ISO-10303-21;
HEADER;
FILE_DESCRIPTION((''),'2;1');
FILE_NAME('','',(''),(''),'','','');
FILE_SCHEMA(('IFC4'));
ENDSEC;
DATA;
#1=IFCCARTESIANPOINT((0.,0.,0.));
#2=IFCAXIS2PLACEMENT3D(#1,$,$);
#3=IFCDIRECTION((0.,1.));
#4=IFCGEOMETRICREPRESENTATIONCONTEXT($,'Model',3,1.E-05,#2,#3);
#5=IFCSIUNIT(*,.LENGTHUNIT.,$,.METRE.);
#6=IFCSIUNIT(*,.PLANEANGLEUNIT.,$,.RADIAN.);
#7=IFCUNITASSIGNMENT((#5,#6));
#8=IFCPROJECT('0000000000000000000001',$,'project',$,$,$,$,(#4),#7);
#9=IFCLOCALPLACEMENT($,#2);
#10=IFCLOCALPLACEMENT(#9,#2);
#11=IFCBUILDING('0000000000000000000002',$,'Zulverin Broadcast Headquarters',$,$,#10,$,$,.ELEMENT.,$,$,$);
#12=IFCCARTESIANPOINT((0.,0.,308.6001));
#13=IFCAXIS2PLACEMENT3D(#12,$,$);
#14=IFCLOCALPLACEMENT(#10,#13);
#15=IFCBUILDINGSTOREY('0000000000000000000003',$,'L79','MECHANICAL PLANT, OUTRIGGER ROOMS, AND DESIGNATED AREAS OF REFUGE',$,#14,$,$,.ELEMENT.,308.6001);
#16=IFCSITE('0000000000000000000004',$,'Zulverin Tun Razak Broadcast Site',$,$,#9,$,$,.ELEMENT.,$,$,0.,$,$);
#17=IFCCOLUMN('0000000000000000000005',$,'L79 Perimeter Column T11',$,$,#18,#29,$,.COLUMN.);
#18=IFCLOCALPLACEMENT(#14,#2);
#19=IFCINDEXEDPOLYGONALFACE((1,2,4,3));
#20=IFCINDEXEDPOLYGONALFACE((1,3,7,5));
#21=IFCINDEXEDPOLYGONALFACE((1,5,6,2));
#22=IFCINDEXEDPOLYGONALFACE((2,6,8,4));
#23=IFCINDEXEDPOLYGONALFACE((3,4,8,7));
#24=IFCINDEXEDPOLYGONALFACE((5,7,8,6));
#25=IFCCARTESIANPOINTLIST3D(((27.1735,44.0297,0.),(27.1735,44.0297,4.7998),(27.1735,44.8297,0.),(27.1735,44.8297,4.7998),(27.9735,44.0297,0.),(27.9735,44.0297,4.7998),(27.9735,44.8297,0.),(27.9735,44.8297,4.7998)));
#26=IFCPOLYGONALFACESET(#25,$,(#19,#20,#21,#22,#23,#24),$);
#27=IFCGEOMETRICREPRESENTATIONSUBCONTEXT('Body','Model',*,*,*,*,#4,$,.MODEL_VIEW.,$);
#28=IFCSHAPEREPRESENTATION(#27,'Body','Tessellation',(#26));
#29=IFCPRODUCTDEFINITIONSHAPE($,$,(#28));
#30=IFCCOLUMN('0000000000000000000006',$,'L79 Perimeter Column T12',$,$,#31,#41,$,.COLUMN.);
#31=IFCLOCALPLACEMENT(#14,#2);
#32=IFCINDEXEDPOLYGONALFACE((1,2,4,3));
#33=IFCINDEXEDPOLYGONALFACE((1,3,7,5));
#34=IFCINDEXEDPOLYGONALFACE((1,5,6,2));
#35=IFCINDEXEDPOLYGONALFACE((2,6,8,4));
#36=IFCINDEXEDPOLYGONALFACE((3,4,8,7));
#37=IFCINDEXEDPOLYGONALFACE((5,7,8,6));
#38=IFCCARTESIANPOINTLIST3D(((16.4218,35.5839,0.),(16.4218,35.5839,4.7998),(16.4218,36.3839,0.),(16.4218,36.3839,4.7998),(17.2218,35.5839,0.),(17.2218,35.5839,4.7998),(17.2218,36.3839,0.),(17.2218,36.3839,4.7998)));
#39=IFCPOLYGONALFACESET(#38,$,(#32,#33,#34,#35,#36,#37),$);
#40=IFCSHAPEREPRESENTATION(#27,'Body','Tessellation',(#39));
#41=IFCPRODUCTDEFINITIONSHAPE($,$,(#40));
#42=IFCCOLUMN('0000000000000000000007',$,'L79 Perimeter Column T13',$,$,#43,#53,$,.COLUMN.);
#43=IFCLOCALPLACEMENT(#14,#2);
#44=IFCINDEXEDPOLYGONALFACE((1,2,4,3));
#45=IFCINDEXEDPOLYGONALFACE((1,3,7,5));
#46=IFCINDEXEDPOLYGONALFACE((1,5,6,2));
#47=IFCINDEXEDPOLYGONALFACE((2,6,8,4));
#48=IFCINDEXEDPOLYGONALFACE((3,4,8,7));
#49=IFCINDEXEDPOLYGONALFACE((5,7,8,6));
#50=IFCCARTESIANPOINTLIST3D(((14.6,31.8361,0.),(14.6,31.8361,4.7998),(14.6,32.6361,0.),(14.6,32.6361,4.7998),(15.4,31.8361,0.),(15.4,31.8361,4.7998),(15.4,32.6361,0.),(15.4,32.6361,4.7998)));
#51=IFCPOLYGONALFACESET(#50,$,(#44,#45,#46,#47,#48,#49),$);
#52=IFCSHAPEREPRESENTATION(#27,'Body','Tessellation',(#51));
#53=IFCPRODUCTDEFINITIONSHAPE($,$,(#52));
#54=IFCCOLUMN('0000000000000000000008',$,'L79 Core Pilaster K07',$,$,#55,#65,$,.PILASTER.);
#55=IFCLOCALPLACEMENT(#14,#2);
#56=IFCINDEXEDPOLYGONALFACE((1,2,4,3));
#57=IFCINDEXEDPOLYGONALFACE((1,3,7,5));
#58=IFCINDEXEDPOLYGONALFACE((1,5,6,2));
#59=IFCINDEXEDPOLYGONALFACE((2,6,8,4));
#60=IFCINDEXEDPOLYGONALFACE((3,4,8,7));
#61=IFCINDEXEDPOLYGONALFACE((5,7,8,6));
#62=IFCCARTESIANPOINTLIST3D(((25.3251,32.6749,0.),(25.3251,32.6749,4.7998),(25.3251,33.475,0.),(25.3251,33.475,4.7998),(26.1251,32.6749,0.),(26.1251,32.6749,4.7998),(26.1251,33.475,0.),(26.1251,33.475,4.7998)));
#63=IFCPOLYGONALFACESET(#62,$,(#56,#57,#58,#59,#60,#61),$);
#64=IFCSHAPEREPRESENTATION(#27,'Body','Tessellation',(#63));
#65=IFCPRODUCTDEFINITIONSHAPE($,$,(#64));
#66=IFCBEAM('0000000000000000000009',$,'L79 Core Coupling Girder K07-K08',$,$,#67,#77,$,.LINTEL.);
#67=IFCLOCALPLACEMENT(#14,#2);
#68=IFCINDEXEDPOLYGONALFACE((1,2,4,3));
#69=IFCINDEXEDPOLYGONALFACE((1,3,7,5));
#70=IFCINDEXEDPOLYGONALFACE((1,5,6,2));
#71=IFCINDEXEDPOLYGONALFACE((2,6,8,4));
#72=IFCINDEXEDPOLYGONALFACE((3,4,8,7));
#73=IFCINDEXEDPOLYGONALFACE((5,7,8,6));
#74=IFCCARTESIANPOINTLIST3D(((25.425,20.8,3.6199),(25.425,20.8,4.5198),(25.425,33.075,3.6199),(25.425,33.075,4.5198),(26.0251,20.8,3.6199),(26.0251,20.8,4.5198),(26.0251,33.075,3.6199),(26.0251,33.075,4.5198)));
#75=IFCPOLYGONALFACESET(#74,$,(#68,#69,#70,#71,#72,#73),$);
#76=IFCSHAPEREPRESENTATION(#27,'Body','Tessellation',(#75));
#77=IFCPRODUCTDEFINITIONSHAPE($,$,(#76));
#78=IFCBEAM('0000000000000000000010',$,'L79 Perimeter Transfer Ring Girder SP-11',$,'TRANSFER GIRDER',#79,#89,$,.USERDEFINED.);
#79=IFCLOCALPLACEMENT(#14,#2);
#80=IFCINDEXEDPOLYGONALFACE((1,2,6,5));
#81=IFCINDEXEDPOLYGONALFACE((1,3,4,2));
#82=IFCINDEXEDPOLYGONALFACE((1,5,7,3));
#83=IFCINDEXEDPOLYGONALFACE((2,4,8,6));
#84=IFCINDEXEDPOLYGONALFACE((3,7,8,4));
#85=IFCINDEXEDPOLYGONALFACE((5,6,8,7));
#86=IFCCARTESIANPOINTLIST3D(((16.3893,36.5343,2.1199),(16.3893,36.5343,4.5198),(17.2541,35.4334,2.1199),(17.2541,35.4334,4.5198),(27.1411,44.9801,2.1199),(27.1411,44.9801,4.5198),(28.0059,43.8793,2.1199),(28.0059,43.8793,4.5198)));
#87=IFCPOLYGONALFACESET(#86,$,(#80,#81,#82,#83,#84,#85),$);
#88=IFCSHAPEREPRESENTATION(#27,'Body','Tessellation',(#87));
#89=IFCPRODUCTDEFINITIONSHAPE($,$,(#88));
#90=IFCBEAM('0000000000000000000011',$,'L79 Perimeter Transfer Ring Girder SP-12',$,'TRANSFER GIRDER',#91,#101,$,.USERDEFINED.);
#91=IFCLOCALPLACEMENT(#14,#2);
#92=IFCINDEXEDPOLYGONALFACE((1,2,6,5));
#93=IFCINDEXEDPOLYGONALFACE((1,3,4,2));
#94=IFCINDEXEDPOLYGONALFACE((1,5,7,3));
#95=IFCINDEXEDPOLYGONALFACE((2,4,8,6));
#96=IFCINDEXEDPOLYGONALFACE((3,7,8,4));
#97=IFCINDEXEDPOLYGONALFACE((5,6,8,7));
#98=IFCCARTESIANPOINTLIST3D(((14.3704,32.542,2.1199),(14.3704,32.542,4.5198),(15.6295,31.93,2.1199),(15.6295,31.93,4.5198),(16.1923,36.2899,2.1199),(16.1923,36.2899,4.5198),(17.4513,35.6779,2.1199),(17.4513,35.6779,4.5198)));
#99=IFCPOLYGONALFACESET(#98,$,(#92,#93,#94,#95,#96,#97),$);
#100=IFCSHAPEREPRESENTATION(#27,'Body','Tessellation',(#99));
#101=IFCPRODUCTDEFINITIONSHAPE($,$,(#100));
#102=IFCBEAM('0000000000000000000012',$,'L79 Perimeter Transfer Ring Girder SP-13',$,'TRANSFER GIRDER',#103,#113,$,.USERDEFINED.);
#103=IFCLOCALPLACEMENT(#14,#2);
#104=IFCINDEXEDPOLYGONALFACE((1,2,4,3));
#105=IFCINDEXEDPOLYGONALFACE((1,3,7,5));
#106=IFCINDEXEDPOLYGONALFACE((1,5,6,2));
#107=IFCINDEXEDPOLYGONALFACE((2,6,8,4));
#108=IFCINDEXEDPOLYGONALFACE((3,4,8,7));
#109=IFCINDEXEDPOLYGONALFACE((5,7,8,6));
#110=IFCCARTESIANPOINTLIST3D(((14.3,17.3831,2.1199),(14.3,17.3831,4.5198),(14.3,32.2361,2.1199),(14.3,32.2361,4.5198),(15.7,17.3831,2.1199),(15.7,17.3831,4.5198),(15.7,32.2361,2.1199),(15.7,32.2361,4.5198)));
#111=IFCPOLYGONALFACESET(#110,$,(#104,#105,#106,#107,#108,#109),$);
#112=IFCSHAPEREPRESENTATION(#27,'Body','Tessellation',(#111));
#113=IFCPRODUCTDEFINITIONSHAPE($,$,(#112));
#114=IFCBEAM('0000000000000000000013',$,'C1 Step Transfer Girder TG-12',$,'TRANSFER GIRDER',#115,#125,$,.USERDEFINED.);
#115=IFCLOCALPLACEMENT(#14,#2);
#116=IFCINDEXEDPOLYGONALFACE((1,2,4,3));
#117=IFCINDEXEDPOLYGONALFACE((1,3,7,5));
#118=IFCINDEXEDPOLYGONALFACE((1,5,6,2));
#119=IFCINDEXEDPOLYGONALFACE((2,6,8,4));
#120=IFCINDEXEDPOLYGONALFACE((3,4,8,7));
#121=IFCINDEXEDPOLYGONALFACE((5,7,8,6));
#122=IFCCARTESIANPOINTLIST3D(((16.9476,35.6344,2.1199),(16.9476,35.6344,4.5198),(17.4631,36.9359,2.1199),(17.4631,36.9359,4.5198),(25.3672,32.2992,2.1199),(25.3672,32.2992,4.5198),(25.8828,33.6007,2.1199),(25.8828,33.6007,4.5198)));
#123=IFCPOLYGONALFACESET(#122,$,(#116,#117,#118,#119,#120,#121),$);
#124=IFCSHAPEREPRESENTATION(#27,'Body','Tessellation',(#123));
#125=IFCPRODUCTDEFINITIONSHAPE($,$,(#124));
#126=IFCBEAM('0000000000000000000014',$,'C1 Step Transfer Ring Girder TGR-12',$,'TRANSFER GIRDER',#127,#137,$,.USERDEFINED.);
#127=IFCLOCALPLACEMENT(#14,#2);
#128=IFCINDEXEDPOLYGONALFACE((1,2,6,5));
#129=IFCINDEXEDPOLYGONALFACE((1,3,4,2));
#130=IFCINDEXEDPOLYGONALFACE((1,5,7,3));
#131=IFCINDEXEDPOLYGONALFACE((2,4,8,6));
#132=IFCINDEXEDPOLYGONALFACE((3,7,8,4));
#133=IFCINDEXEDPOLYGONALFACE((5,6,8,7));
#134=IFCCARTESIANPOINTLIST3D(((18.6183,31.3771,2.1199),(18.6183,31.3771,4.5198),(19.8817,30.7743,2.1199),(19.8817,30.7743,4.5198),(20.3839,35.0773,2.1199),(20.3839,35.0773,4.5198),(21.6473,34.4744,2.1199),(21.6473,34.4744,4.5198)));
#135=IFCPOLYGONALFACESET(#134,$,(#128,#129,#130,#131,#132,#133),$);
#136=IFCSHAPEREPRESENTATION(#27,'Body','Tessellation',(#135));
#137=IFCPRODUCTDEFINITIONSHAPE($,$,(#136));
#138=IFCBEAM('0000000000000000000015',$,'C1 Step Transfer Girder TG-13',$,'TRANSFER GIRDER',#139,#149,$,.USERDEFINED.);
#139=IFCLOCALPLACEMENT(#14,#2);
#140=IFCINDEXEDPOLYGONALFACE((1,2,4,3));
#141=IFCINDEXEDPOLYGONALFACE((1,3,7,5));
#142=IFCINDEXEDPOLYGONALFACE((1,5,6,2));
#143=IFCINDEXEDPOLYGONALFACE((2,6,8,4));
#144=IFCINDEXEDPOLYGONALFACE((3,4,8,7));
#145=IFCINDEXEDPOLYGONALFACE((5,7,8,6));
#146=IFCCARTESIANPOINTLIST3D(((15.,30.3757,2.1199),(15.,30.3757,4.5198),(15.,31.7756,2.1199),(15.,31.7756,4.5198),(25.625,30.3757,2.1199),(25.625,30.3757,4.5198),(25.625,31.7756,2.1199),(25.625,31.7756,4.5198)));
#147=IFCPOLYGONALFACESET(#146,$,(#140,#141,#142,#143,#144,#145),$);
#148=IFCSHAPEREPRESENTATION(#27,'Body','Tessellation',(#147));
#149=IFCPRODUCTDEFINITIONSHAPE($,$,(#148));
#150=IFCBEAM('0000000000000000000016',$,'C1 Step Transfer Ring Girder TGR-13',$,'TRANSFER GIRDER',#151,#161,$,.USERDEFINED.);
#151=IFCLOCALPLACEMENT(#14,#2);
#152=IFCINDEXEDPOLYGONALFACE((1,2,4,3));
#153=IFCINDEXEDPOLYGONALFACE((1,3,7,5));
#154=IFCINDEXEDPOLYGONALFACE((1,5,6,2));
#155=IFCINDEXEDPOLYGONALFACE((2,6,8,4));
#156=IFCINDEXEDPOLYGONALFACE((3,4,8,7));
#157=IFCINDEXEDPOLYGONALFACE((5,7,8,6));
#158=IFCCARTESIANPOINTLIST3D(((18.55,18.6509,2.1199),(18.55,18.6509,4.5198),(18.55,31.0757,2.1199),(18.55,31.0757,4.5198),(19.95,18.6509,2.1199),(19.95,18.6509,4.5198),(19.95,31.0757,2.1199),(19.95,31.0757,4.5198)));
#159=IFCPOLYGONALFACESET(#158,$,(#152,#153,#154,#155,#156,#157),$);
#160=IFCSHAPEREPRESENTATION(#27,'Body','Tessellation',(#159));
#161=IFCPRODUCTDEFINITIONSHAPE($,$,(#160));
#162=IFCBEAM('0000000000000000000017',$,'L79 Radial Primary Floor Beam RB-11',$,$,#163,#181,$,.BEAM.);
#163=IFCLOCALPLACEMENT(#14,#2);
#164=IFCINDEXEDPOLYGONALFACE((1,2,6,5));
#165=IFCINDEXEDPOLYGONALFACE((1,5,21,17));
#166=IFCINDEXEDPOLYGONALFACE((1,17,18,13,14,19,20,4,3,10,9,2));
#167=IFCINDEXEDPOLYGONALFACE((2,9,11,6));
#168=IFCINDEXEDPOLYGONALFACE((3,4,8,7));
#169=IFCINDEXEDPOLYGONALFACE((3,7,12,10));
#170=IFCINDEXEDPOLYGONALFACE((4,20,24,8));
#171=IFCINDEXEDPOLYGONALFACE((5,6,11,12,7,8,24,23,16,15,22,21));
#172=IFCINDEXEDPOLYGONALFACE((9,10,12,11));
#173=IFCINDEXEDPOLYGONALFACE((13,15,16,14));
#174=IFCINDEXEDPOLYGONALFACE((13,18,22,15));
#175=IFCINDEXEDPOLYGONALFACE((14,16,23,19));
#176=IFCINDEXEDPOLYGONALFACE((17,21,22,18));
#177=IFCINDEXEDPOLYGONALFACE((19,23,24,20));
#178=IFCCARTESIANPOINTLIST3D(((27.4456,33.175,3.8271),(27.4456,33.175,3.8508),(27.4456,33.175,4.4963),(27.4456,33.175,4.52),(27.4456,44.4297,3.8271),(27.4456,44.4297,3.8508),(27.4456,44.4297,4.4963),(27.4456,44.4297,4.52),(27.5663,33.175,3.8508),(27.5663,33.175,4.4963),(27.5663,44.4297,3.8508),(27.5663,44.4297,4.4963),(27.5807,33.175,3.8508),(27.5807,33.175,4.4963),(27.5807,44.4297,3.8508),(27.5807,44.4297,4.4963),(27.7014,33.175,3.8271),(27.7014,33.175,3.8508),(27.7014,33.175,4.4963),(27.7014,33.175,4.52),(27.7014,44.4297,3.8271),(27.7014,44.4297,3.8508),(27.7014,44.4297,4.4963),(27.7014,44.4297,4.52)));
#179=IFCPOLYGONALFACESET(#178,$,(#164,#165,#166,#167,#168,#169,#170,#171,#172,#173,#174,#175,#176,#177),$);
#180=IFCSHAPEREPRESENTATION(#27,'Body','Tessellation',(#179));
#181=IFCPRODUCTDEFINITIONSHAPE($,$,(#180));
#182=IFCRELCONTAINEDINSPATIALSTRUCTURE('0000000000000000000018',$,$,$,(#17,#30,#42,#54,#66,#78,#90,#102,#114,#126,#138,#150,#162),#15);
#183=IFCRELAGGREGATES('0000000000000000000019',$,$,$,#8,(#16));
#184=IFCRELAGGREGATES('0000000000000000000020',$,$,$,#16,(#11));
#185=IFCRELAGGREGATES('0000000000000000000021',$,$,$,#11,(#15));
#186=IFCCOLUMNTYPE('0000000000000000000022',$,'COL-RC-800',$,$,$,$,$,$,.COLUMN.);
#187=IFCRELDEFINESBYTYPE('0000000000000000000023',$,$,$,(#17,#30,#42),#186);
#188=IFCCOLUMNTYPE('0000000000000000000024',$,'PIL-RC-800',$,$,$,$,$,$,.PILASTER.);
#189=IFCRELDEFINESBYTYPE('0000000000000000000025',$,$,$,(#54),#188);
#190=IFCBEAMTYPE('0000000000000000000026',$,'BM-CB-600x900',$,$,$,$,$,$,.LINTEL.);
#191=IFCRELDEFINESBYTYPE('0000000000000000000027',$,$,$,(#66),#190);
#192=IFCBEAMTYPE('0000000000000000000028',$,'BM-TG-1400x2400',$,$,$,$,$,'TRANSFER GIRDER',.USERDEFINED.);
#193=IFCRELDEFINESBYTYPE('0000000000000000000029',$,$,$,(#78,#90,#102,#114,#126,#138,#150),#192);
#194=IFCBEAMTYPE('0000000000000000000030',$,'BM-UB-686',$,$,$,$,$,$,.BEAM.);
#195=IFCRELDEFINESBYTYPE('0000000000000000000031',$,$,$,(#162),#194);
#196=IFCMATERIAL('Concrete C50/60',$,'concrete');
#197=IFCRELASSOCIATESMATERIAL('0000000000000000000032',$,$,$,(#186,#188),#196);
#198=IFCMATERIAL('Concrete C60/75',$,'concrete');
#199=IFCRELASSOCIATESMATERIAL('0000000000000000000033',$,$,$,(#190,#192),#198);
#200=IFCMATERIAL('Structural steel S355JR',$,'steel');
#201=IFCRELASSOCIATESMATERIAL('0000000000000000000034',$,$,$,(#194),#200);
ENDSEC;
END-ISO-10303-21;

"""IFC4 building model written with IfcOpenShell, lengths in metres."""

from ifc_helpers import new_model, si_unit, direction, frame, origin, origin_2d, place, context, subcontext, project, spatial, rectangle, i_section, extrude, material, material_profile, profile_set, type_object, element, save


model = new_model("IFC4")

# Units and contexts
model_context = context("Model", 3, precision=1e-05, world=origin(), true_north=direction((0.0, 1.0)))
body_context = subcontext(model_context, "Body", "Model", "MODEL_VIEW")
ifc_project = project(units=[si_unit("LENGTHUNIT", "METRE"), si_unit("PLANEANGLEUNIT", "RADIAN")], contexts=[model_context])

# Site, building, storey
site_placement = place(None, origin())
site = spatial("IfcSite", under=ifc_project, at=site_placement, Name="Zulverin Tun Razak Broadcast Site", CompositionType="ELEMENT", RefElevation=0.0)
building_placement = place(site_placement, origin())
building = spatial("IfcBuilding", under=site, at=building_placement, Name="Zulverin Broadcast Headquarters", CompositionType="ELEMENT")
storey_placement = place(building_placement, frame((0.0, 0.0, 308.6001)))
storey = spatial("IfcBuildingStorey", under=building, at=storey_placement, Name="L79", Description="MECHANICAL PLANT, OUTRIGGER ROOMS, AND DESIGNATED AREAS OF REFUGE", CompositionType="ELEMENT", Elevation=308.6001)

# Columns
ifc_material_1 = material(Name="Concrete C50/60", Category="concrete")
ifc_material_profile_1 = material_profile(ifc_material_1, rectangle(XDim=0.8, YDim=0.8, at=origin_2d()), Name="Concrete C50/60", Category="concrete")
ifc_profile_set_1 = profile_set([ifc_material_profile_1], Name="Concrete C50/60")
column_type_1 = type_object("IfcColumnType", Name="COL-RC-800", PredefinedType="COLUMN", material=ifc_profile_set_1)
for number, where, z_axis, x_axis, name in (
    (1, (27.5735, 44.4297, 0.0), (0.0, 0.0, 1.0), (1.0, 0.0, 0.0), "L79 Perimeter Column T11"),
    (2, (16.8218, 35.9839, 0.0), (0.0, 0.0, 1.0), (1.0, 0.0, 0.0), "L79 Perimeter Column T12"),
    (3, (15.0, 32.2361, 0.0), (0.0, 0.0, 1.0), (1.0, 0.0, 0.0), "L79 Perimeter Column T13"),
):
    element("IfcColumn", number, at=place(storey_placement, frame(where, z_axis=z_axis, x_axis=x_axis)), inside=storey, type_object=column_type_1, Name=name, PredefinedType="COLUMN", context=body_context, shape_type="SweptSolid", body=[
        extrude(rectangle(XDim=0.8, YDim=0.8, at=origin_2d()), origin(), (0.0, 0.0, 1.0), 4.7998),
    ])
ifc_material_profile_2 = material_profile(ifc_material_1, rectangle(XDim=0.8, YDim=0.8, at=origin_2d()), Name="Concrete C50/60", Category="concrete")
ifc_profile_set_2 = profile_set([ifc_material_profile_2], Name="Concrete C50/60")
column_type_2 = type_object("IfcColumnType", Name="PIL-RC-800", PredefinedType="PILASTER", material=ifc_profile_set_2)
column_placement = place(storey_placement, frame((25.7251, 33.075, 0.0), z_axis=(0.0, 0.0, 1.0), x_axis=(1.0, 0.0, 0.0)))
element("IfcColumn", 4, at=column_placement, inside=storey, type_object=column_type_2, Name="L79 Core Pilaster K07", PredefinedType="PILASTER", context=body_context, shape_type="SweptSolid", body=[
    extrude(rectangle(XDim=0.8, YDim=0.8, at=origin_2d()), origin(), (0.0, 0.0, 1.0), 4.7998),
])

# Beams
ifc_material_2 = material(Name="Concrete C60/75", Category="concrete")
ifc_material_profile_3 = material_profile(ifc_material_2, rectangle(XDim=0.6001, YDim=0.8999, at=origin_2d()), Name="Concrete C60/75", Category="concrete")
ifc_profile_set_3 = profile_set([ifc_material_profile_3], Name="Concrete C60/75")
beam_type_1 = type_object("IfcBeamType", Name="BM-CB-600x900", PredefinedType="LINTEL", material=ifc_profile_set_3)
beam_1_placement = place(storey_placement, frame((25.7251, 33.075, 4.0698), z_axis=(0.0, -1.0, 0.0), x_axis=(1.0, 0.0, 0.0)))
element("IfcBeam", 5, at=beam_1_placement, inside=storey, type_object=beam_type_1, Name="L79 Core Coupling Girder K07-K08", PredefinedType="LINTEL", context=body_context, shape_type="SweptSolid", body=[
    extrude(rectangle(XDim=0.6001, YDim=0.8999, at=origin_2d()), origin(), (0.0, 0.0, 1.0), 12.2749),
])
ifc_material_profile_4 = material_profile(ifc_material_2, rectangle(XDim=1.3999, YDim=2.3999, at=origin_2d()), Name="Concrete C60/75", Category="concrete")
ifc_profile_set_4 = profile_set([ifc_material_profile_4], Name="Concrete C60/75")
beam_type_2 = type_object("IfcBeamType", Name="BM-TG-1400x2400", ElementType="TRANSFER GIRDER", PredefinedType="USERDEFINED", material=ifc_profile_set_4)
beam_2_placement = place(storey_placement, frame((27.5735, 44.4297, 3.3198), z_axis=(-0.786388, -0.617732, 0.0), x_axis=(0.617732, -0.786388, 0.0)))
element("IfcBeam", 6, at=beam_2_placement, inside=storey, type_object=beam_type_2, Name="L79 Perimeter Transfer Ring Girder SP-11", ObjectType="TRANSFER GIRDER", PredefinedType="USERDEFINED", context=body_context, shape_type="SweptSolid", body=[
    extrude(rectangle(XDim=1.3999, YDim=2.3999, at=origin_2d()), origin(), (0.0, 0.0, 1.0), 13.6724),
])
beam_3_placement = place(storey_placement, frame((16.8218, 35.9839, 3.3198), z_axis=(-0.437179, -0.899375, 0.0), x_axis=(0.899375, -0.437179, 0.0)))
element("IfcBeam", 7, at=beam_3_placement, inside=storey, type_object=beam_type_2, Name="L79 Perimeter Transfer Ring Girder SP-12", ObjectType="TRANSFER GIRDER", PredefinedType="USERDEFINED", context=body_context, shape_type="SweptSolid", body=[
    extrude(rectangle(XDim=1.3999, YDim=2.3999, at=origin_2d()), origin(), (0.0, 0.0, 1.0), 4.1672),
])
beam_4_placement = place(storey_placement, frame((15.0, 32.2361, 3.3198), z_axis=(0.0, -1.0, 0.0), x_axis=(1.0, 0.0, 0.0)))
element("IfcBeam", 8, at=beam_4_placement, inside=storey, type_object=beam_type_2, Name="L79 Perimeter Transfer Ring Girder SP-13", ObjectType="TRANSFER GIRDER", PredefinedType="USERDEFINED", context=body_context, shape_type="SweptSolid", body=[
    extrude(rectangle(XDim=1.3999, YDim=2.3999, at=origin_2d()), origin(), (0.0, 0.0, 1.0), 14.853),
])
beam_5_placement = place(storey_placement, frame((25.625, 32.95, 3.3198), z_axis=(-0.929715, 0.368279, 0.0), x_axis=(-0.368279, -0.929715, 0.0)))
element("IfcBeam", 9, at=beam_5_placement, inside=storey, type_object=beam_type_2, Name="C1 Step Transfer Girder TG-12", ObjectType="TRANSFER GIRDER", PredefinedType="USERDEFINED", context=body_context, shape_type="SweptSolid", body=[
    extrude(rectangle(XDim=1.3999, YDim=2.3999, at=origin_2d()), origin(), (0.0, 0.0, 1.0), 9.0562),
])
beam_6_placement = place(storey_placement, frame((21.0156, 34.7759, 3.3198), z_axis=(-0.430655, -0.902517, 0.0), x_axis=(0.902517, -0.430655, 0.0)))
element("IfcBeam", 10, at=beam_6_placement, inside=storey, type_object=beam_type_2, Name="C1 Step Transfer Ring Girder TGR-12", ObjectType="TRANSFER GIRDER", PredefinedType="USERDEFINED", context=body_context, shape_type="SweptSolid", body=[
    extrude(rectangle(XDim=1.3999, YDim=2.3999, at=origin_2d()), origin(), (0.0, 0.0, 1.0), 4.0999),
])
beam_7_placement = place(storey_placement, frame((25.625, 31.0757, 3.3198), z_axis=(-1.0, 0.0, 0.0), x_axis=(0.0, -1.0, 0.0)))
element("IfcBeam", 11, at=beam_7_placement, inside=storey, type_object=beam_type_2, Name="C1 Step Transfer Girder TG-13", ObjectType="TRANSFER GIRDER", PredefinedType="USERDEFINED", context=body_context, shape_type="SweptSolid", body=[
    extrude(rectangle(XDim=1.3999, YDim=2.3999, at=origin_2d()), origin(), (0.0, 0.0, 1.0), 10.625),
])
beam_8_placement = place(storey_placement, frame((19.25, 31.0757, 3.3198), z_axis=(0.0, -1.0, 0.0), x_axis=(1.0, 0.0, 0.0)))
element("IfcBeam", 12, at=beam_8_placement, inside=storey, type_object=beam_type_2, Name="C1 Step Transfer Ring Girder TGR-13", ObjectType="TRANSFER GIRDER", PredefinedType="USERDEFINED", context=body_context, shape_type="SweptSolid", body=[
    extrude(rectangle(XDim=1.3999, YDim=2.3999, at=origin_2d()), origin(), (0.0, 0.0, 1.0), 12.4248),
])
ifc_material_3 = material(Name="Structural steel S355JR", Category="steel")
ifc_material_profile_5 = material_profile(ifc_material_3, i_section(OverallWidth=0.2559, OverallDepth=0.6929, WebThickness=0.0144, FlangeThickness=0.0237, at=origin_2d()), Name="Structural steel S355JR", Category="steel")
ifc_profile_set_5 = profile_set([ifc_material_profile_5], Name="Structural steel S355JR")
beam_type_3 = type_object("IfcBeamType", Name="BM-UB-686", PredefinedType="BEAM", material=ifc_profile_set_5)
beam_9_placement = place(storey_placement, frame((27.5735, 33.175, 4.1736), z_axis=(0.0, 1.0, 0.0), x_axis=(-1.0, 0.0, 0.0)))
element("IfcBeam", 13, at=beam_9_placement, inside=storey, type_object=beam_type_3, Name="L79 Radial Primary Floor Beam RB-11", PredefinedType="BEAM", context=body_context, shape_type="SweptSolid", body=[
    extrude(i_section(OverallWidth=0.2559, OverallDepth=0.6929, WebThickness=0.0144, FlangeThickness=0.0237, at=origin_2d()), origin(), (0.0, 0.0, 1.0), 11.2546),
])

save(model, "model.ifc")
